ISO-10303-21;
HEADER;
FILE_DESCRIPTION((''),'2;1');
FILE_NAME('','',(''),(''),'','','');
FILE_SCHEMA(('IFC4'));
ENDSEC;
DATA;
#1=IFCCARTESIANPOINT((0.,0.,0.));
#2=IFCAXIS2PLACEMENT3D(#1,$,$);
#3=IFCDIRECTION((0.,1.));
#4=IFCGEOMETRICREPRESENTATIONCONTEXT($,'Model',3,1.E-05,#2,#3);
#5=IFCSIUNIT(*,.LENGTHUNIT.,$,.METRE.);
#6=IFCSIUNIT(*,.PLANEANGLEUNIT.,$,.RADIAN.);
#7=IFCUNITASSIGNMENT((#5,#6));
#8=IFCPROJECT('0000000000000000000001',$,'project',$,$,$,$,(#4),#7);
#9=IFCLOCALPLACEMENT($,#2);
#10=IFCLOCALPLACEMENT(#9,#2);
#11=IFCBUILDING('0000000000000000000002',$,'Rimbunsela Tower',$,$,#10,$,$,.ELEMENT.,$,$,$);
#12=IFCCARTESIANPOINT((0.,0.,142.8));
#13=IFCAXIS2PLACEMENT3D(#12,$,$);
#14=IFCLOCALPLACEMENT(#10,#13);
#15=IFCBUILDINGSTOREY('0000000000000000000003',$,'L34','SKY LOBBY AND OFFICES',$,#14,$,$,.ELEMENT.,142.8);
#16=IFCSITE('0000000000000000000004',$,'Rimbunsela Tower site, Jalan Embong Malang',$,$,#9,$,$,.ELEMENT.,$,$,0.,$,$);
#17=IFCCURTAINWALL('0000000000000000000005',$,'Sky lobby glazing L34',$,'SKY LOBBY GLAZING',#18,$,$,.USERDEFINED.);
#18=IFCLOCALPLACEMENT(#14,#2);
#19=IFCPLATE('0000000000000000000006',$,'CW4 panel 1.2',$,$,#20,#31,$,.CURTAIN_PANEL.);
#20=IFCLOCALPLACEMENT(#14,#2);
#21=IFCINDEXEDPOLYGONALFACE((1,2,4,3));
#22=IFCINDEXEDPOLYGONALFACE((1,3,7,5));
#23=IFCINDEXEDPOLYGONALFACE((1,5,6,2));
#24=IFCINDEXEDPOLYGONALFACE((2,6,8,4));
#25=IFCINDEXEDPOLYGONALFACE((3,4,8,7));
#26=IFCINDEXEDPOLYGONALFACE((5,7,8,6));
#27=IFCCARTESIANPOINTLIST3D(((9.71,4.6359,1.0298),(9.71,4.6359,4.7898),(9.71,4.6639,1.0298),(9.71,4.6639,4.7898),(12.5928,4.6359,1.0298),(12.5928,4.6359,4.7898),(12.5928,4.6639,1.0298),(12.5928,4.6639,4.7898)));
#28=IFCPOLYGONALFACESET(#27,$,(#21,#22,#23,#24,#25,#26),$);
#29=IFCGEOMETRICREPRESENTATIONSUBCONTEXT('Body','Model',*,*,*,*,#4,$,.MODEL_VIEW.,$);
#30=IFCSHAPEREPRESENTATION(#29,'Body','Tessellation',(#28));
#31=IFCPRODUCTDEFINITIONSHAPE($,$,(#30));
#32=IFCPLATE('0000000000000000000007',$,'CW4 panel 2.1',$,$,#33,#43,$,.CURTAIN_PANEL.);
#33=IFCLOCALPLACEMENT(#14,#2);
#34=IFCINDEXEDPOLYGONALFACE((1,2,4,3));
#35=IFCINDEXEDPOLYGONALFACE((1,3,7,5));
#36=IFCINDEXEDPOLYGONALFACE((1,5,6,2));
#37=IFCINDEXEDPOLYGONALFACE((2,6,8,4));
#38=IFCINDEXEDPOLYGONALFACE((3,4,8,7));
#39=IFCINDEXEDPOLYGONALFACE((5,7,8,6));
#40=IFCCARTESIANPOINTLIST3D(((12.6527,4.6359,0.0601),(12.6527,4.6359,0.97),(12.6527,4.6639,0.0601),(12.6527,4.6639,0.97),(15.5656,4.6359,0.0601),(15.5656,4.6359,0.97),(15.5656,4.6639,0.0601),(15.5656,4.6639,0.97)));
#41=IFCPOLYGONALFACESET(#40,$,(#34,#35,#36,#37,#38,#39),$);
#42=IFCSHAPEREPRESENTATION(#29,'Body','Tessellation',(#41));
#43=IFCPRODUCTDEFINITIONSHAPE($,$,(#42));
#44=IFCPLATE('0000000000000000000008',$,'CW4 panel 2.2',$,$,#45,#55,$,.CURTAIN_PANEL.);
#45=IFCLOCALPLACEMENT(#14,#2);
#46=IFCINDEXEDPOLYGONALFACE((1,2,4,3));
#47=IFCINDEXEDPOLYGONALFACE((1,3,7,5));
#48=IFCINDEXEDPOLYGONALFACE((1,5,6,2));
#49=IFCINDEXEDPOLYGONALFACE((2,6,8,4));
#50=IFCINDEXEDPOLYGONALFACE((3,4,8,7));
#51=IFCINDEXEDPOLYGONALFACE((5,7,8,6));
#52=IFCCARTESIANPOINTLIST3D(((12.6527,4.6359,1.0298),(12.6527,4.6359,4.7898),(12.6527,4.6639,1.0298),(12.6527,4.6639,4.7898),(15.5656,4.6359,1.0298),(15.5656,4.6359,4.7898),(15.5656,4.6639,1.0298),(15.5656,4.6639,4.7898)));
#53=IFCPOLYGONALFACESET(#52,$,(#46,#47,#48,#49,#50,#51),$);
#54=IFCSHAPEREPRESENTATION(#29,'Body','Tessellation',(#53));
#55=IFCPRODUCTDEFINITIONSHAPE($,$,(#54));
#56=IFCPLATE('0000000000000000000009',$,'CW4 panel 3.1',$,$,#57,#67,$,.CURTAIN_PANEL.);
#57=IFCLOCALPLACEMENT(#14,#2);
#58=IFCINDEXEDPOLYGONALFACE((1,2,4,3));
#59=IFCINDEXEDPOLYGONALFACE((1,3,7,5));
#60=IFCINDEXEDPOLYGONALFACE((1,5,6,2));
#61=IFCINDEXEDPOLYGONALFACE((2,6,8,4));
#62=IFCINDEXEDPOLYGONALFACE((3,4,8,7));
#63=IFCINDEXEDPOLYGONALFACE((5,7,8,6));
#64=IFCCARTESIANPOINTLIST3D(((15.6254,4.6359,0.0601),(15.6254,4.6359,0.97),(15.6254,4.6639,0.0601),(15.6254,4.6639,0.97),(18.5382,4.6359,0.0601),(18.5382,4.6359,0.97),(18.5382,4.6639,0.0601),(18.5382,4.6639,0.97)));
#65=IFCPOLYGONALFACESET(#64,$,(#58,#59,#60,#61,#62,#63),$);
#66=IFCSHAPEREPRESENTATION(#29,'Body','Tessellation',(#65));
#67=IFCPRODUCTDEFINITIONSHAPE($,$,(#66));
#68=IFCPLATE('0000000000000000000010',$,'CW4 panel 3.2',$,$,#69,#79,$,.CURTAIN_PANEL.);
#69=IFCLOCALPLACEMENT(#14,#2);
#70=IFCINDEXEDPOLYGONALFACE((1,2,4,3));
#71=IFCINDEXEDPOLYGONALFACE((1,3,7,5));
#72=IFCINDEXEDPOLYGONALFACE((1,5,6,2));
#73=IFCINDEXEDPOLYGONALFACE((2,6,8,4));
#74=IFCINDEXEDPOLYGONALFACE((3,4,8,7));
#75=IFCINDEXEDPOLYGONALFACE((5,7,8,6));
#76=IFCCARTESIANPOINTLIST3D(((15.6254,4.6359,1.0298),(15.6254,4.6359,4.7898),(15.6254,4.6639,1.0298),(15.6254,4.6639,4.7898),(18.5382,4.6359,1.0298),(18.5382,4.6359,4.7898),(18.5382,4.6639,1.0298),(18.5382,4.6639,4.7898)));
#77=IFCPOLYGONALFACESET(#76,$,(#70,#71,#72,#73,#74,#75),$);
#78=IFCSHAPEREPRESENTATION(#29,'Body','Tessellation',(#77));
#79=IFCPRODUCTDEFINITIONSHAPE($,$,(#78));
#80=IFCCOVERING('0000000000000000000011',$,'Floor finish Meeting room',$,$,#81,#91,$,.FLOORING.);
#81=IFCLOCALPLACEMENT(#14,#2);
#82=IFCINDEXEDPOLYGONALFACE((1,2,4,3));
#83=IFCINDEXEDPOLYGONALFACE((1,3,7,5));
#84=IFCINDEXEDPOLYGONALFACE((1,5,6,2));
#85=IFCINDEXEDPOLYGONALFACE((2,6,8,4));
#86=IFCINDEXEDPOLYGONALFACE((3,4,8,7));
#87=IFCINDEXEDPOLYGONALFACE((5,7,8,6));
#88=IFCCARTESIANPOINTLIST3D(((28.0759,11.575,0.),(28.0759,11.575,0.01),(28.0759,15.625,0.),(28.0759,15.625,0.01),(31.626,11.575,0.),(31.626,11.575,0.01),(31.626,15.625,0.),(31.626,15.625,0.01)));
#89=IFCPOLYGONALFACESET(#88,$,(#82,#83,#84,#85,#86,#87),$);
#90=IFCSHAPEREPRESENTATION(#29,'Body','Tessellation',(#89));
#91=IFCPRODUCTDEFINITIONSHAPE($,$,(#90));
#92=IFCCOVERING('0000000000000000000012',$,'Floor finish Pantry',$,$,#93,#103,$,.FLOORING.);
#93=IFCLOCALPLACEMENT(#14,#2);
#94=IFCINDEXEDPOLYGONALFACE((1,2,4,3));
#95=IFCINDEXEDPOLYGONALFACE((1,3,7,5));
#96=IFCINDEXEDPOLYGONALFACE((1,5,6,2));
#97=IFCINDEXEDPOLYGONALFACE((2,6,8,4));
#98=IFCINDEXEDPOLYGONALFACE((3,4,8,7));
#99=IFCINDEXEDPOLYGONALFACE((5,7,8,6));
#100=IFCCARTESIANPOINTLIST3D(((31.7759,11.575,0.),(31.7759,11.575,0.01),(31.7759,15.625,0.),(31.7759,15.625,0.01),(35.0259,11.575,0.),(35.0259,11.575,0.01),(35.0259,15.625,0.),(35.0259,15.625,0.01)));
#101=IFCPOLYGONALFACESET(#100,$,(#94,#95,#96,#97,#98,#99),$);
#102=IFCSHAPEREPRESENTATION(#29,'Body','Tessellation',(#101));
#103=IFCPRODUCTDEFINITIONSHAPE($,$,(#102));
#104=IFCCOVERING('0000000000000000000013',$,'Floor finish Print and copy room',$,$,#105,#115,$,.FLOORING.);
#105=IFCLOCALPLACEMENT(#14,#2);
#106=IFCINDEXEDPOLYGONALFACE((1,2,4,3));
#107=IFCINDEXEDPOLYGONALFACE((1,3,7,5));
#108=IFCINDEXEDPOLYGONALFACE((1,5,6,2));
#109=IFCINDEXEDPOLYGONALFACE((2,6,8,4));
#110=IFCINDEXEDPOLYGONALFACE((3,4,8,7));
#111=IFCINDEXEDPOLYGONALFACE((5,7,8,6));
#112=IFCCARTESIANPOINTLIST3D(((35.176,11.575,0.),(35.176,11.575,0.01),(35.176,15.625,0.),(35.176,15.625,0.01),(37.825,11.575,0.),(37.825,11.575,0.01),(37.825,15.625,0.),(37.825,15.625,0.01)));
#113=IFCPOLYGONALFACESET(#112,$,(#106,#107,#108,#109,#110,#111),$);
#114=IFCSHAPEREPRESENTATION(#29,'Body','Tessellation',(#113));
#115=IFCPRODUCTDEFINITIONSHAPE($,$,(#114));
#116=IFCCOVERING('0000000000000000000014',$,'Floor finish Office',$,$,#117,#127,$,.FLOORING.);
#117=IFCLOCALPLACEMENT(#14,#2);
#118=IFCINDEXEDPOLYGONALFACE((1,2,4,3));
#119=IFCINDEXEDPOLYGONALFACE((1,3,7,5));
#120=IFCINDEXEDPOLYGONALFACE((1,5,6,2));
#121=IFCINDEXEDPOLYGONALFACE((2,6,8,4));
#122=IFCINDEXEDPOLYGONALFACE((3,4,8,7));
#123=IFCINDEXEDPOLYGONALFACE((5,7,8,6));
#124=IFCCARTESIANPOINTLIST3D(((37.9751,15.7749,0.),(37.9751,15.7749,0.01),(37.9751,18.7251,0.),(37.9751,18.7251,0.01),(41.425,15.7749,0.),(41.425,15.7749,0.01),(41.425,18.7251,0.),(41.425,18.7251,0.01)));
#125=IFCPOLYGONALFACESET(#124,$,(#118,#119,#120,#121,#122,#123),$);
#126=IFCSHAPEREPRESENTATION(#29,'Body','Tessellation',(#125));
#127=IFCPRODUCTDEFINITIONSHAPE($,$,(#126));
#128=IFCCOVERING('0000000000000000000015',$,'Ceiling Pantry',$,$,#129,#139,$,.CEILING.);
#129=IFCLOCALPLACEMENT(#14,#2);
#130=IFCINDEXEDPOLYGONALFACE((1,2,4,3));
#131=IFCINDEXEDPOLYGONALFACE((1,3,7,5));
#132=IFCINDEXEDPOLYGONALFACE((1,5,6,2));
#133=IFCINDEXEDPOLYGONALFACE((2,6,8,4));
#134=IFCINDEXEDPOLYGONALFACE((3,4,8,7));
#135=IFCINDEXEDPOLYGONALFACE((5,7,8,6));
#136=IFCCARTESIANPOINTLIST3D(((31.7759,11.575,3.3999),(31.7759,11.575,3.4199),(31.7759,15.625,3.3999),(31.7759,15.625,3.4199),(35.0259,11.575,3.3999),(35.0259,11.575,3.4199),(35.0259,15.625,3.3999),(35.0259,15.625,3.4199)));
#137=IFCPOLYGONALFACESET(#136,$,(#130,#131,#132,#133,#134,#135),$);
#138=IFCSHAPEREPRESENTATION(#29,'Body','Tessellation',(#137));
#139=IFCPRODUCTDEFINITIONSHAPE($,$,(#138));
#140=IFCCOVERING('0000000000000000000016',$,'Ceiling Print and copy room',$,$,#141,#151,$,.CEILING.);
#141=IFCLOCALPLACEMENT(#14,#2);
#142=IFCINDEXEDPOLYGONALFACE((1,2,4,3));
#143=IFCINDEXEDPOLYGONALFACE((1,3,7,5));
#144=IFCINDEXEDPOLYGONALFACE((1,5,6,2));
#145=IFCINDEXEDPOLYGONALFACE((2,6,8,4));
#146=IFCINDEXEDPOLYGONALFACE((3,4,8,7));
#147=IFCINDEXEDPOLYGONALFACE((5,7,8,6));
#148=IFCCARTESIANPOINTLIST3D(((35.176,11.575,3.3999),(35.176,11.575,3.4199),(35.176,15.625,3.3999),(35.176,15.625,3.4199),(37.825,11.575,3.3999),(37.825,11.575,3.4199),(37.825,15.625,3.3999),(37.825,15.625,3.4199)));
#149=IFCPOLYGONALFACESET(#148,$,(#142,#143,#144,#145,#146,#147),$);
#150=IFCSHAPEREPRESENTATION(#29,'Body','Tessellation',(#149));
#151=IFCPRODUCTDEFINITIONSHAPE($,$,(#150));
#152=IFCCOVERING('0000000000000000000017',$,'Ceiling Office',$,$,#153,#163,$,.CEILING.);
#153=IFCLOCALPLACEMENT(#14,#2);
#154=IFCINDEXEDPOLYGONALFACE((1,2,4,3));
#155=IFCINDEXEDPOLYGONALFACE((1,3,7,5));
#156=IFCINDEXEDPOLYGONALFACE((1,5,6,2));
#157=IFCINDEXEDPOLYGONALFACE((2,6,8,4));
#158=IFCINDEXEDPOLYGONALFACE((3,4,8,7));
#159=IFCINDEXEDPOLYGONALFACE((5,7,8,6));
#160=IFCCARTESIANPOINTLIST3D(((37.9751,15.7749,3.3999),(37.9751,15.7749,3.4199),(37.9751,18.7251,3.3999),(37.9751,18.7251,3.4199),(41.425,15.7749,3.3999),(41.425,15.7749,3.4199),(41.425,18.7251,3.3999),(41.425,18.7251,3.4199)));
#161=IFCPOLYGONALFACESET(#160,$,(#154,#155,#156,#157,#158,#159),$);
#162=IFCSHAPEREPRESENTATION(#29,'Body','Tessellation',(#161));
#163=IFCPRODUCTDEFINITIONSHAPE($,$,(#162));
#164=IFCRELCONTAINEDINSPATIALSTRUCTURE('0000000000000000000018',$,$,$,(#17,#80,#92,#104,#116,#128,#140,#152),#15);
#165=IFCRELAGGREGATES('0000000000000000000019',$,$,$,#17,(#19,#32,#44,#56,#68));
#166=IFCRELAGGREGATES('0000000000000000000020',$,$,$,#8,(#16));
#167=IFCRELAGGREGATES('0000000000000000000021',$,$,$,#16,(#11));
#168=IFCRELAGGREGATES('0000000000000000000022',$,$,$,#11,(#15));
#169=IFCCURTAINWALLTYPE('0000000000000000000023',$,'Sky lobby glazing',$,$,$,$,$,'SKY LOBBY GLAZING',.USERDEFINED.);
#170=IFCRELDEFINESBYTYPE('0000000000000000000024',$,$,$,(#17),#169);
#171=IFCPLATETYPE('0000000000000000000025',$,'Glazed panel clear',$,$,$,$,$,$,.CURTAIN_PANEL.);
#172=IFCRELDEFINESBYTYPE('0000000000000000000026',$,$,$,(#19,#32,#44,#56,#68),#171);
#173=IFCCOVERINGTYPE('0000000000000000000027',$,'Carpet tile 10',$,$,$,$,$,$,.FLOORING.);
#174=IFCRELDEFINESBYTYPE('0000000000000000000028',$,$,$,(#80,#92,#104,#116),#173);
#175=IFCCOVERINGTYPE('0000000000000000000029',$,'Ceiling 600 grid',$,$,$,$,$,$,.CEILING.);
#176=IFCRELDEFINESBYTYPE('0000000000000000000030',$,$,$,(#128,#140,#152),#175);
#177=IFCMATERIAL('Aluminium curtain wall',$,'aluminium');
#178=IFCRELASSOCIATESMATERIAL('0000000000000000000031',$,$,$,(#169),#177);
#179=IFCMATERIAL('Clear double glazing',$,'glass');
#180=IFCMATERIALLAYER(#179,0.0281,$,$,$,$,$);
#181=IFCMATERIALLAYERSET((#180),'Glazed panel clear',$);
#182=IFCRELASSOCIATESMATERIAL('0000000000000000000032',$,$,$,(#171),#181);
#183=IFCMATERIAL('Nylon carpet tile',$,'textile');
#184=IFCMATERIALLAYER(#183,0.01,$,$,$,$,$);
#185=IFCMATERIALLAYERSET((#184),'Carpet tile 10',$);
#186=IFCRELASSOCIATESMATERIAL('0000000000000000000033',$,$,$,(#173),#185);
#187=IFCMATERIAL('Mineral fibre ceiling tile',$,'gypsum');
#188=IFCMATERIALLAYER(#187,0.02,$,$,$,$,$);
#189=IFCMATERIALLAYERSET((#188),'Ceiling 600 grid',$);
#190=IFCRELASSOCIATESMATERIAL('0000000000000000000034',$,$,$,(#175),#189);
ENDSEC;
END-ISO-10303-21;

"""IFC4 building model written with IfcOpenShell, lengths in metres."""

from ifc_helpers import new_model, si_unit, direction, frame, origin, origin_2d, place, context, subcontext, project, spatial, polyline, rectangle, outline, extrude, material, layer, layer_set, type_object, element, aggregate, save


model = new_model("IFC4")

# Units and contexts
model_context = context("Model", 3, precision=1e-05, world=origin(), true_north=direction((0.0, 1.0)))
body_context = subcontext(model_context, "Body", "Model", "MODEL_VIEW")
ifc_project = project(units=[si_unit("LENGTHUNIT", "METRE"), si_unit("PLANEANGLEUNIT", "RADIAN")], contexts=[model_context])

# Site, building, storey
site_placement = place(None, origin())
site = spatial("IfcSite", under=ifc_project, at=site_placement, Name="Rimbunsela Tower site, Jalan Embong Malang", CompositionType="ELEMENT", RefElevation=0.0)
building_placement = place(site_placement, origin())
building = spatial("IfcBuilding", under=site, at=building_placement, Name="Rimbunsela Tower", CompositionType="ELEMENT")
storey_placement = place(building_placement, frame((0.0, 0.0, 142.8)))
storey = spatial("IfcBuildingStorey", under=building, at=storey_placement, Name="L34", Description="SKY LOBBY AND OFFICES", CompositionType="ELEMENT", Elevation=142.8)

# Curtain wall, plates
ifc_material_1 = material(Name="Aluminium curtain wall", Category="aluminium")
curtain_wall_type = type_object("IfcCurtainWallType", Name="Sky lobby glazing", ElementType="SKY LOBBY GLAZING", PredefinedType="USERDEFINED", material=ifc_material_1)
curtain_wall_placement = place(storey_placement, origin())
curtain_wall = element("IfcCurtainWall", 1, at=curtain_wall_placement, inside=storey, type_object=curtain_wall_type, Name="Sky lobby glazing L34", ObjectType="SKY LOBBY GLAZING", PredefinedType="USERDEFINED")
ifc_material_2 = material(Name="Clear double glazing", Category="glass")
ifc_layer_1 = layer(ifc_material_2, 0.0281)
ifc_layer_set_1 = layer_set([ifc_layer_1], Name="Glazed panel clear")
plate_type = type_object("IfcPlateType", Name="Glazed panel clear", PredefinedType="CURTAIN_PANEL", material=ifc_layer_set_1)
plate_1_placement = place(storey_placement, frame((11.1514, 4.6499, 1.0298), z_axis=(0.0, 0.0, 1.0), x_axis=(1.0, 0.0, 0.0)))
plate_1 = element("IfcPlate", 2, at=plate_1_placement, type_object=plate_type, Name="CW4 panel 1.2", PredefinedType="CURTAIN_PANEL", context=body_context, shape_type="SweptSolid", body=[
    extrude(rectangle(XDim=2.8828, YDim=0.0281, at=origin_2d()), origin(), (0.0, 0.0, 1.0), 3.76),
])
plate_2_placement = place(storey_placement, frame((14.1091, 4.6499, 0.0601), z_axis=(0.0, 0.0, 1.0), x_axis=(1.0, 0.0, 0.0)))
plate_2 = element("IfcPlate", 3, at=plate_2_placement, type_object=plate_type, Name="CW4 panel 2.1", PredefinedType="CURTAIN_PANEL", context=body_context, shape_type="SweptSolid", body=[
    extrude(rectangle(XDim=2.9128, YDim=0.0281, at=origin_2d()), origin(), (0.0, 0.0, 1.0), 0.9099),
])
plate_3_placement = place(storey_placement, frame((14.1091, 4.6499, 1.0298), z_axis=(0.0, 0.0, 1.0), x_axis=(1.0, 0.0, 0.0)))
plate_3 = element("IfcPlate", 4, at=plate_3_placement, type_object=plate_type, Name="CW4 panel 2.2", PredefinedType="CURTAIN_PANEL", context=body_context, shape_type="SweptSolid", body=[
    extrude(rectangle(XDim=2.9128, YDim=0.0281, at=origin_2d()), origin(), (0.0, 0.0, 1.0), 3.76),
])
plate_4_placement = place(storey_placement, frame((17.0818, 4.6499, 0.0601), z_axis=(0.0, 0.0, 1.0), x_axis=(1.0, 0.0, 0.0)))
plate_4 = element("IfcPlate", 5, at=plate_4_placement, type_object=plate_type, Name="CW4 panel 3.1", PredefinedType="CURTAIN_PANEL", context=body_context, shape_type="SweptSolid", body=[
    extrude(rectangle(XDim=2.9128, YDim=0.0281, at=origin_2d()), origin(), (0.0, 0.0, 1.0), 0.9099),
])
plate_5_placement = place(storey_placement, frame((17.0818, 4.6499, 1.0298), z_axis=(0.0, 0.0, 1.0), x_axis=(1.0, 0.0, 0.0)))
plate_5 = element("IfcPlate", 6, at=plate_5_placement, type_object=plate_type, Name="CW4 panel 3.2", PredefinedType="CURTAIN_PANEL", context=body_context, shape_type="SweptSolid", body=[
    extrude(rectangle(XDim=2.9128, YDim=0.0281, at=origin_2d()), origin(), (0.0, 0.0, 1.0), 3.76),
])
aggregate(curtain_wall, [plate_1, plate_2, plate_3, plate_4, plate_5])

# Coverings
ifc_material_3 = material(Name="Nylon carpet tile", Category="textile")
ifc_layer_2 = layer(ifc_material_3, 0.01)
ifc_layer_set_2 = layer_set([ifc_layer_2], Name="Carpet tile 10")
covering_type_1 = type_object("IfcCoveringType", Name="Carpet tile 10", PredefinedType="FLOORING", material=ifc_layer_set_2)
covering_1_placement = place(storey_placement, origin())
element("IfcCovering", 7, at=covering_1_placement, inside=storey, type_object=covering_type_1, Name="Floor finish Meeting room", PredefinedType="FLOORING", context=body_context, shape_type="SweptSolid", body=[
    extrude(outline(polyline([(31.626, 11.575), (31.626, 15.625), (28.0759, 15.625), (28.0759, 11.575), (31.626, 11.575)])), origin(), (0.0, 0.0, 1.0), 0.01),
])
covering_2_placement = place(storey_placement, origin())
element("IfcCovering", 8, at=covering_2_placement, inside=storey, type_object=covering_type_1, Name="Floor finish Pantry", PredefinedType="FLOORING", context=body_context, shape_type="SweptSolid", body=[
    extrude(outline(polyline([(35.0259, 11.575), (35.0259, 15.625), (31.7759, 15.625), (31.7759, 11.575), (35.0259, 11.575)])), origin(), (0.0, 0.0, 1.0), 0.01),
])
covering_3_placement = place(storey_placement, origin())
element("IfcCovering", 9, at=covering_3_placement, inside=storey, type_object=covering_type_1, Name="Floor finish Print and copy room", PredefinedType="FLOORING", context=body_context, shape_type="SweptSolid", body=[
    extrude(outline(polyline([(37.825, 11.575), (37.825, 15.625), (35.176, 15.625), (35.176, 11.575), (37.825, 11.575)])), origin(), (0.0, 0.0, 1.0), 0.01),
])
covering_4_placement = place(storey_placement, origin())
element("IfcCovering", 10, at=covering_4_placement, inside=storey, type_object=covering_type_1, Name="Floor finish Office", PredefinedType="FLOORING", context=body_context, shape_type="SweptSolid", body=[
    extrude(outline(polyline([(41.425, 15.7749), (41.425, 18.7251), (37.9751, 18.7251), (37.9751, 15.7749), (41.425, 15.7749)])), origin(), (0.0, 0.0, 1.0), 0.01),
])
ifc_material_4 = material(Name="Mineral fibre ceiling tile", Category="gypsum")
ifc_layer_3 = layer(ifc_material_4, 0.02)
ifc_layer_set_3 = layer_set([ifc_layer_3], Name="Ceiling 600 grid")
covering_type_2 = type_object("IfcCoveringType", Name="Ceiling 600 grid", PredefinedType="CEILING", material=ifc_layer_set_3)
covering_5_placement = place(storey_placement, frame((0.0, 0.0, 3.3999)))
element("IfcCovering", 11, at=covering_5_placement, inside=storey, type_object=covering_type_2, Name="Ceiling Pantry", PredefinedType="CEILING", context=body_context, shape_type="SweptSolid", body=[
    extrude(outline(polyline([(35.0259, 11.575), (35.0259, 15.625), (31.7759, 15.625), (31.7759, 11.575), (35.0259, 11.575)])), origin(), (0.0, 0.0, 1.0), 0.02),
])
covering_6_placement = place(storey_placement, frame((0.0, 0.0, 3.3999)))
element("IfcCovering", 12, at=covering_6_placement, inside=storey, type_object=covering_type_2, Name="Ceiling Print and copy room", PredefinedType="CEILING", context=body_context, shape_type="SweptSolid", body=[
    extrude(outline(polyline([(37.825, 11.575), (37.825, 15.625), (35.176, 15.625), (35.176, 11.575), (37.825, 11.575)])), origin(), (0.0, 0.0, 1.0), 0.02),
])
covering_7_placement = place(storey_placement, frame((0.0, 0.0, 3.3999)))
element("IfcCovering", 13, at=covering_7_placement, inside=storey, type_object=covering_type_2, Name="Ceiling Office", PredefinedType="CEILING", context=body_context, shape_type="SweptSolid", body=[
    extrude(outline(polyline([(41.425, 15.7749), (41.425, 18.7251), (37.9751, 18.7251), (37.9751, 15.7749), (41.425, 15.7749)])), origin(), (0.0, 0.0, 1.0), 0.02),
])

save(model, "model.ifc")
